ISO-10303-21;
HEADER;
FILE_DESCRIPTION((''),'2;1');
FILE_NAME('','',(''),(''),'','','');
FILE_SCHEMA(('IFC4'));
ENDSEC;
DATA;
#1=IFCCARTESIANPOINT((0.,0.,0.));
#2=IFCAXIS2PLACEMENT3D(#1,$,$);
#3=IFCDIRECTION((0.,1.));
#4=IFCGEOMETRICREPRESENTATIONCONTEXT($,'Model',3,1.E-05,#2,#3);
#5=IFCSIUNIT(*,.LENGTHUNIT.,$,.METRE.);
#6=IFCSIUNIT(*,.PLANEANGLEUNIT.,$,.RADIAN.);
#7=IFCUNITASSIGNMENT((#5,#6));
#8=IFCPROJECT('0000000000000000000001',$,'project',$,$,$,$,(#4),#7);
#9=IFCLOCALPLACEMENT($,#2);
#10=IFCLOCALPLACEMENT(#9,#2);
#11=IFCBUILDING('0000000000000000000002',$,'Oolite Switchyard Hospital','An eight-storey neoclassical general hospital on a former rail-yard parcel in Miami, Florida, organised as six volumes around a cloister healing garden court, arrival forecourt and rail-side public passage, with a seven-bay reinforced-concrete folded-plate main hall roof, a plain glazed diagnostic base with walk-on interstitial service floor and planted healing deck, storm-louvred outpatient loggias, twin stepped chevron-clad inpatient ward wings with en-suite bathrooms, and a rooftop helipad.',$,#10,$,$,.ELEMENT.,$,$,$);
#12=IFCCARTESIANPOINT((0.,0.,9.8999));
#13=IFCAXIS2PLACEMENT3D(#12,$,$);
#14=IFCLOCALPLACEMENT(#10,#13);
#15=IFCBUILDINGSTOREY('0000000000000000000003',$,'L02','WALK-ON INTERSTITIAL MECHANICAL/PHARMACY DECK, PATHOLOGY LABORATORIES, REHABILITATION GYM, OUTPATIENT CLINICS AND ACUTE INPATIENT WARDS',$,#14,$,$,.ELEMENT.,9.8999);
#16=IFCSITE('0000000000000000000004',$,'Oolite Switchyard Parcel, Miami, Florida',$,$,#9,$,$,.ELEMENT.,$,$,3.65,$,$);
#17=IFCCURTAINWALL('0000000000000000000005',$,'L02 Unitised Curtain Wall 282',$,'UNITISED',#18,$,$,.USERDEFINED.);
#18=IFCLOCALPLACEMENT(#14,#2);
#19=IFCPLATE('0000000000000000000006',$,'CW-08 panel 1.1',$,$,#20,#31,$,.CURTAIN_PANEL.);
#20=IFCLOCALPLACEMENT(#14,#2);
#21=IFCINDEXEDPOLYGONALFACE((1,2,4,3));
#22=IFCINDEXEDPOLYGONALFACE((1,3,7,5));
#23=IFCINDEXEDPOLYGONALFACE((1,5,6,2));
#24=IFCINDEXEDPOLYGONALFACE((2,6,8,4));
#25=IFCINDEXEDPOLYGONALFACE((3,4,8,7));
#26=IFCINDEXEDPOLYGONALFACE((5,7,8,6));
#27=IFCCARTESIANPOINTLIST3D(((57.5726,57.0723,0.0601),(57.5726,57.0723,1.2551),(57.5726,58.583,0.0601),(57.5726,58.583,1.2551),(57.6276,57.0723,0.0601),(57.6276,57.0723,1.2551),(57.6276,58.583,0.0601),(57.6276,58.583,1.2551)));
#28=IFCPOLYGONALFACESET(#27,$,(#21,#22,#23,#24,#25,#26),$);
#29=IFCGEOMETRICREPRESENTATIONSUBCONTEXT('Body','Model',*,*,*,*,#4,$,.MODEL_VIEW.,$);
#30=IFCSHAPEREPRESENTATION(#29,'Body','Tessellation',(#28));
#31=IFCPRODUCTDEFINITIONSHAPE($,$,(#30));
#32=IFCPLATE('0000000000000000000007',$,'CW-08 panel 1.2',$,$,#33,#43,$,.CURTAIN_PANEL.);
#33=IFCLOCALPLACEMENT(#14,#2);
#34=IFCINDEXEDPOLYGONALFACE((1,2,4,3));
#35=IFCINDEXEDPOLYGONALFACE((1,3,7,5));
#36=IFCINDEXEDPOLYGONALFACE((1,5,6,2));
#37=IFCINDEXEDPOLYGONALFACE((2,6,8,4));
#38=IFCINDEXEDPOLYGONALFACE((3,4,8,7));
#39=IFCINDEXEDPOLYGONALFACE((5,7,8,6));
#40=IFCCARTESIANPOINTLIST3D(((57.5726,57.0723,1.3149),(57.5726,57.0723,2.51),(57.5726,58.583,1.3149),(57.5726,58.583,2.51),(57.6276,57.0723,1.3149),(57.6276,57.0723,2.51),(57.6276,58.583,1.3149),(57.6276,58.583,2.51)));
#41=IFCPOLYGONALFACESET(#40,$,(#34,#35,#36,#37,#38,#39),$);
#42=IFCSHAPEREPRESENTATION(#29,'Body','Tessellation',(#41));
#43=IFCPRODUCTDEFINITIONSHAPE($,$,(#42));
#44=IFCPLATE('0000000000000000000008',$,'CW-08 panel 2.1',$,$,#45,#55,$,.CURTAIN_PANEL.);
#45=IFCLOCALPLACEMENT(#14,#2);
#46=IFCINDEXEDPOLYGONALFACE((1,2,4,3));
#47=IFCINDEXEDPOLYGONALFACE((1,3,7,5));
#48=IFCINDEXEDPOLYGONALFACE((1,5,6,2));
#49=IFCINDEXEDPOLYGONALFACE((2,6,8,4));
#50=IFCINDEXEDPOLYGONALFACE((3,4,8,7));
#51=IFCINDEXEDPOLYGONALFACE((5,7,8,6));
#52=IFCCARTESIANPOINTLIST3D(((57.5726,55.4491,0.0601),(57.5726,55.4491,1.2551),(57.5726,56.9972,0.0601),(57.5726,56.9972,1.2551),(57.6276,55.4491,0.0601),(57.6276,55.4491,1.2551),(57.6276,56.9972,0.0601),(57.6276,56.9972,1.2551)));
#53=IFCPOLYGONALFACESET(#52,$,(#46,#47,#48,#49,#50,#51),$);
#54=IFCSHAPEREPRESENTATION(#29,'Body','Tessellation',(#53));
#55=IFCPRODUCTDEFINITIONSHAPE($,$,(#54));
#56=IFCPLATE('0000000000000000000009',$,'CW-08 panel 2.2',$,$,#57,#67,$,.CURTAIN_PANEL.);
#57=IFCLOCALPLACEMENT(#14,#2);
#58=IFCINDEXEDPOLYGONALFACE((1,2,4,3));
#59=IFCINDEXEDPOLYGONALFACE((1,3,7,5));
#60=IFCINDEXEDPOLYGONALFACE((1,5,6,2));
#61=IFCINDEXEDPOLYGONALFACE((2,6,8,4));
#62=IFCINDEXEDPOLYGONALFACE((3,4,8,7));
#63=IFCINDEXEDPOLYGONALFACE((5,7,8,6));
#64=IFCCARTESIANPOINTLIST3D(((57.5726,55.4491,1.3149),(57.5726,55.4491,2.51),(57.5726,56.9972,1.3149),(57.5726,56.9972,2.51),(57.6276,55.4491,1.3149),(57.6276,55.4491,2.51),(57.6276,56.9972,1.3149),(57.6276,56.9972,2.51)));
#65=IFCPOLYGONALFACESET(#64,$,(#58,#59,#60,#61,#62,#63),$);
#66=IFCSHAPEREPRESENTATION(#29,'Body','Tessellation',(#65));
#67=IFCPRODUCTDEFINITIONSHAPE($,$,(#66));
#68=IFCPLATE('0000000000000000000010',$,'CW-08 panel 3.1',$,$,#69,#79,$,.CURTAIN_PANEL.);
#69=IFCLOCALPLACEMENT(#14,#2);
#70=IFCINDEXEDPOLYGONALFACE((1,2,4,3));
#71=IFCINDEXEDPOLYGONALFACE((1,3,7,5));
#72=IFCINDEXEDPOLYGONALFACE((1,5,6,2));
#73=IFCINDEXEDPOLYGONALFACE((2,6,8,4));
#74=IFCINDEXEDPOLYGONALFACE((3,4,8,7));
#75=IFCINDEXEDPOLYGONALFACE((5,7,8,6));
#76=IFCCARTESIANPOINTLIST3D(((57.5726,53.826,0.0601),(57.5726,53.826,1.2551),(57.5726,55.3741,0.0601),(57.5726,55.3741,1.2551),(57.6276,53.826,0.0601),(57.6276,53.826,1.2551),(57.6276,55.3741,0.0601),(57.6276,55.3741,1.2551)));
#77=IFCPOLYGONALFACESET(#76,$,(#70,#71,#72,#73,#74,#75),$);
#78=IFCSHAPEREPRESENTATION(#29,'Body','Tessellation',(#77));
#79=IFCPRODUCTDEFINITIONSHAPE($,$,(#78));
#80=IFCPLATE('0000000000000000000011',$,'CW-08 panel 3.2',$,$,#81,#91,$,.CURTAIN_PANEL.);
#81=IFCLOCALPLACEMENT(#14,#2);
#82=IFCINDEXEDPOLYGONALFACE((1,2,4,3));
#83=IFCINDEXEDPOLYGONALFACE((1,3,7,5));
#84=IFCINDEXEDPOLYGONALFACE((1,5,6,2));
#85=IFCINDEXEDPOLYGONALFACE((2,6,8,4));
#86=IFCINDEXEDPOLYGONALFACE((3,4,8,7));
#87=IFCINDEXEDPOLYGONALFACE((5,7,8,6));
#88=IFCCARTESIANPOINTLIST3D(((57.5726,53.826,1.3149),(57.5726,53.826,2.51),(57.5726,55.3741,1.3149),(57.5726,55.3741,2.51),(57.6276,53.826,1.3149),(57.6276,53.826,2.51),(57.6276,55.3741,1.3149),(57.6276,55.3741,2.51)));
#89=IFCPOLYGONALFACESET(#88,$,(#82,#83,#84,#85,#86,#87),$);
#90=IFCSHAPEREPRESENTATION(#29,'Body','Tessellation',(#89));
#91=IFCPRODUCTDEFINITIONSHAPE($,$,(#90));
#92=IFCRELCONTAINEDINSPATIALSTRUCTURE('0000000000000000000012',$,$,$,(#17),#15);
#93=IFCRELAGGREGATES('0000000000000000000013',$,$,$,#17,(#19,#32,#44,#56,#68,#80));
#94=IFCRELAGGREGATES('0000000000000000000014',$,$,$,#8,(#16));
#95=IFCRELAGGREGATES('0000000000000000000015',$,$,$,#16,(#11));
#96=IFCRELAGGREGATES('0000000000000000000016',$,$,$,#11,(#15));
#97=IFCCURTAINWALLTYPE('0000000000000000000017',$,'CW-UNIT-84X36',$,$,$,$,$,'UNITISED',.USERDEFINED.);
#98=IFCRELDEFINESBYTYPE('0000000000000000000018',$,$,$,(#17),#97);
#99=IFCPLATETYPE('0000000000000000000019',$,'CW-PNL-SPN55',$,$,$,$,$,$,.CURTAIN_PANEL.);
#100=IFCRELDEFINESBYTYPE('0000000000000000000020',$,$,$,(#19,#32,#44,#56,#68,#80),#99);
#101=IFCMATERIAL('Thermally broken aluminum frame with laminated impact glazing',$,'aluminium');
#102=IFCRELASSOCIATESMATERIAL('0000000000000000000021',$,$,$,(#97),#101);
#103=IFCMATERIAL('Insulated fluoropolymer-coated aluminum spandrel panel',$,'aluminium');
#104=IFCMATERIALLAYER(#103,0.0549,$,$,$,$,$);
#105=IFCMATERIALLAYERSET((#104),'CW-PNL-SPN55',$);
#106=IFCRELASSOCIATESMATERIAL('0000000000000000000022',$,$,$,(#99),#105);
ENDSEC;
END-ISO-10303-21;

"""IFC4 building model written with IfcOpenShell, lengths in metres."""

from ifc_helpers import new_model, si_unit, direction, frame, origin, origin_2d, place, context, subcontext, project, spatial, rectangle, extrude, material, layer, layer_set, type_object, element, aggregate, save


model = new_model("IFC4")

# Units and contexts
model_context = context("Model", 3, precision=1e-05, world=origin(), true_north=direction((0.0, 1.0)))
body_context = subcontext(model_context, "Body", "Model", "MODEL_VIEW")
ifc_project = project(units=[si_unit("LENGTHUNIT", "METRE"), si_unit("PLANEANGLEUNIT", "RADIAN")], contexts=[model_context])

# Site, building, storey
site_placement = place(None, origin())
site = spatial("IfcSite", under=ifc_project, at=site_placement, Name="Oolite Switchyard Parcel, Miami, Florida", CompositionType="ELEMENT", RefElevation=3.65)
building_placement = place(site_placement, origin())
building = spatial("IfcBuilding", under=site, at=building_placement, Name="Oolite Switchyard Hospital", Description="An eight-storey neoclassical general hospital on a former rail-yard parcel in Miami, Florida, organised as six volumes around a cloister healing garden court, arrival forecourt and rail-side public passage, with a seven-bay reinforced-concrete folded-plate main hall roof, a plain glazed diagnostic base with walk-on interstitial service floor and planted healing deck, storm-louvred outpatient loggias, twin stepped chevron-clad inpatient ward wings with en-suite bathrooms, and a rooftop helipad.", CompositionType="ELEMENT")
storey_placement = place(building_placement, frame((0.0, 0.0, 9.8999)))
storey = spatial("IfcBuildingStorey", under=building, at=storey_placement, Name="L02", Description="WALK-ON INTERSTITIAL MECHANICAL/PHARMACY DECK, PATHOLOGY LABORATORIES, REHABILITATION GYM, OUTPATIENT CLINICS AND ACUTE INPATIENT WARDS", CompositionType="ELEMENT", Elevation=9.8999)

# Curtain wall, plates
ifc_material_1 = material(Name="Thermally broken aluminum frame with laminated impact glazing", Category="aluminium")
curtain_wall_type = type_object("IfcCurtainWallType", Name="CW-UNIT-84X36", ElementType="UNITISED", PredefinedType="USERDEFINED", material=ifc_material_1)
curtain_wall_placement = place(storey_placement, origin())
curtain_wall = element("IfcCurtainWall", 1, at=curtain_wall_placement, inside=storey, type_object=curtain_wall_type, Name="L02 Unitised Curtain Wall 282", ObjectType="UNITISED", PredefinedType="USERDEFINED")
ifc_material_2 = material(Name="Insulated fluoropolymer-coated aluminum spandrel panel", Category="aluminium")
ifc_layer = layer(ifc_material_2, 0.0549)
ifc_layer_set = layer_set([ifc_layer], Name="CW-PNL-SPN55")
plate_type = type_object("IfcPlateType", Name="CW-PNL-SPN55", PredefinedType="CURTAIN_PANEL", material=ifc_layer_set)
plate_1_placement = place(storey_placement, frame((57.6001, 57.8276, 0.0601), z_axis=(0.0, 0.0, 1.0), x_axis=(0.0, -1.0, 0.0)))
plate_1 = element("IfcPlate", 2, at=plate_1_placement, type_object=plate_type, Name="CW-08 panel 1.1", PredefinedType="CURTAIN_PANEL", context=body_context, shape_type="SweptSolid", body=[
    extrude(rectangle(XDim=1.5107, YDim=0.0549, at=origin_2d()), origin(), (0.0, 0.0, 1.0), 1.1951),
])
plate_2_placement = place(storey_placement, frame((57.6001, 57.8276, 1.3149), z_axis=(0.0, 0.0, 1.0), x_axis=(0.0, -1.0, 0.0)))
plate_2 = element("IfcPlate", 3, at=plate_2_placement, type_object=plate_type, Name="CW-08 panel 1.2", PredefinedType="CURTAIN_PANEL", context=body_context, shape_type="SweptSolid", body=[
    extrude(rectangle(XDim=1.5107, YDim=0.0549, at=origin_2d()), origin(), (0.0, 0.0, 1.0), 1.1951),
])
plate_3_placement = place(storey_placement, frame((57.6001, 56.2231, 0.0601), z_axis=(0.0, 0.0, 1.0), x_axis=(0.0, -1.0, 0.0)))
plate_3 = element("IfcPlate", 4, at=plate_3_placement, type_object=plate_type, Name="CW-08 panel 2.1", PredefinedType="CURTAIN_PANEL", context=body_context, shape_type="SweptSolid", body=[
    extrude(rectangle(XDim=1.5481, YDim=0.0549, at=origin_2d()), origin(), (0.0, 0.0, 1.0), 1.1951),
])
plate_4_placement = place(storey_placement, frame((57.6001, 56.2231, 1.3149), z_axis=(0.0, 0.0, 1.0), x_axis=(0.0, -1.0, 0.0)))
plate_4 = element("IfcPlate", 5, at=plate_4_placement, type_object=plate_type, Name="CW-08 panel 2.2", PredefinedType="CURTAIN_PANEL", context=body_context, shape_type="SweptSolid", body=[
    extrude(rectangle(XDim=1.5481, YDim=0.0549, at=origin_2d()), origin(), (0.0, 0.0, 1.0), 1.1951),
])
plate_5_placement = place(storey_placement, frame((57.6001, 54.6001, 0.0601), z_axis=(0.0, 0.0, 1.0), x_axis=(0.0, -1.0, 0.0)))
plate_5 = element("IfcPlate", 6, at=plate_5_placement, type_object=plate_type, Name="CW-08 panel 3.1", PredefinedType="CURTAIN_PANEL", context=body_context, shape_type="SweptSolid", body=[
    extrude(rectangle(XDim=1.5481, YDim=0.0549, at=origin_2d()), origin(), (0.0, 0.0, 1.0), 1.1951),
])
plate_6_placement = place(storey_placement, frame((57.6001, 54.6001, 1.3149), z_axis=(0.0, 0.0, 1.0), x_axis=(0.0, -1.0, 0.0)))
plate_6 = element("IfcPlate", 7, at=plate_6_placement, type_object=plate_type, Name="CW-08 panel 3.2", PredefinedType="CURTAIN_PANEL", context=body_context, shape_type="SweptSolid", body=[
    extrude(rectangle(XDim=1.5481, YDim=0.0549, at=origin_2d()), origin(), (0.0, 0.0, 1.0), 1.1951),
])
aggregate(curtain_wall, [plate_1, plate_2, plate_3, plate_4, plate_5, plate_6])

save(model, "model.ifc")
